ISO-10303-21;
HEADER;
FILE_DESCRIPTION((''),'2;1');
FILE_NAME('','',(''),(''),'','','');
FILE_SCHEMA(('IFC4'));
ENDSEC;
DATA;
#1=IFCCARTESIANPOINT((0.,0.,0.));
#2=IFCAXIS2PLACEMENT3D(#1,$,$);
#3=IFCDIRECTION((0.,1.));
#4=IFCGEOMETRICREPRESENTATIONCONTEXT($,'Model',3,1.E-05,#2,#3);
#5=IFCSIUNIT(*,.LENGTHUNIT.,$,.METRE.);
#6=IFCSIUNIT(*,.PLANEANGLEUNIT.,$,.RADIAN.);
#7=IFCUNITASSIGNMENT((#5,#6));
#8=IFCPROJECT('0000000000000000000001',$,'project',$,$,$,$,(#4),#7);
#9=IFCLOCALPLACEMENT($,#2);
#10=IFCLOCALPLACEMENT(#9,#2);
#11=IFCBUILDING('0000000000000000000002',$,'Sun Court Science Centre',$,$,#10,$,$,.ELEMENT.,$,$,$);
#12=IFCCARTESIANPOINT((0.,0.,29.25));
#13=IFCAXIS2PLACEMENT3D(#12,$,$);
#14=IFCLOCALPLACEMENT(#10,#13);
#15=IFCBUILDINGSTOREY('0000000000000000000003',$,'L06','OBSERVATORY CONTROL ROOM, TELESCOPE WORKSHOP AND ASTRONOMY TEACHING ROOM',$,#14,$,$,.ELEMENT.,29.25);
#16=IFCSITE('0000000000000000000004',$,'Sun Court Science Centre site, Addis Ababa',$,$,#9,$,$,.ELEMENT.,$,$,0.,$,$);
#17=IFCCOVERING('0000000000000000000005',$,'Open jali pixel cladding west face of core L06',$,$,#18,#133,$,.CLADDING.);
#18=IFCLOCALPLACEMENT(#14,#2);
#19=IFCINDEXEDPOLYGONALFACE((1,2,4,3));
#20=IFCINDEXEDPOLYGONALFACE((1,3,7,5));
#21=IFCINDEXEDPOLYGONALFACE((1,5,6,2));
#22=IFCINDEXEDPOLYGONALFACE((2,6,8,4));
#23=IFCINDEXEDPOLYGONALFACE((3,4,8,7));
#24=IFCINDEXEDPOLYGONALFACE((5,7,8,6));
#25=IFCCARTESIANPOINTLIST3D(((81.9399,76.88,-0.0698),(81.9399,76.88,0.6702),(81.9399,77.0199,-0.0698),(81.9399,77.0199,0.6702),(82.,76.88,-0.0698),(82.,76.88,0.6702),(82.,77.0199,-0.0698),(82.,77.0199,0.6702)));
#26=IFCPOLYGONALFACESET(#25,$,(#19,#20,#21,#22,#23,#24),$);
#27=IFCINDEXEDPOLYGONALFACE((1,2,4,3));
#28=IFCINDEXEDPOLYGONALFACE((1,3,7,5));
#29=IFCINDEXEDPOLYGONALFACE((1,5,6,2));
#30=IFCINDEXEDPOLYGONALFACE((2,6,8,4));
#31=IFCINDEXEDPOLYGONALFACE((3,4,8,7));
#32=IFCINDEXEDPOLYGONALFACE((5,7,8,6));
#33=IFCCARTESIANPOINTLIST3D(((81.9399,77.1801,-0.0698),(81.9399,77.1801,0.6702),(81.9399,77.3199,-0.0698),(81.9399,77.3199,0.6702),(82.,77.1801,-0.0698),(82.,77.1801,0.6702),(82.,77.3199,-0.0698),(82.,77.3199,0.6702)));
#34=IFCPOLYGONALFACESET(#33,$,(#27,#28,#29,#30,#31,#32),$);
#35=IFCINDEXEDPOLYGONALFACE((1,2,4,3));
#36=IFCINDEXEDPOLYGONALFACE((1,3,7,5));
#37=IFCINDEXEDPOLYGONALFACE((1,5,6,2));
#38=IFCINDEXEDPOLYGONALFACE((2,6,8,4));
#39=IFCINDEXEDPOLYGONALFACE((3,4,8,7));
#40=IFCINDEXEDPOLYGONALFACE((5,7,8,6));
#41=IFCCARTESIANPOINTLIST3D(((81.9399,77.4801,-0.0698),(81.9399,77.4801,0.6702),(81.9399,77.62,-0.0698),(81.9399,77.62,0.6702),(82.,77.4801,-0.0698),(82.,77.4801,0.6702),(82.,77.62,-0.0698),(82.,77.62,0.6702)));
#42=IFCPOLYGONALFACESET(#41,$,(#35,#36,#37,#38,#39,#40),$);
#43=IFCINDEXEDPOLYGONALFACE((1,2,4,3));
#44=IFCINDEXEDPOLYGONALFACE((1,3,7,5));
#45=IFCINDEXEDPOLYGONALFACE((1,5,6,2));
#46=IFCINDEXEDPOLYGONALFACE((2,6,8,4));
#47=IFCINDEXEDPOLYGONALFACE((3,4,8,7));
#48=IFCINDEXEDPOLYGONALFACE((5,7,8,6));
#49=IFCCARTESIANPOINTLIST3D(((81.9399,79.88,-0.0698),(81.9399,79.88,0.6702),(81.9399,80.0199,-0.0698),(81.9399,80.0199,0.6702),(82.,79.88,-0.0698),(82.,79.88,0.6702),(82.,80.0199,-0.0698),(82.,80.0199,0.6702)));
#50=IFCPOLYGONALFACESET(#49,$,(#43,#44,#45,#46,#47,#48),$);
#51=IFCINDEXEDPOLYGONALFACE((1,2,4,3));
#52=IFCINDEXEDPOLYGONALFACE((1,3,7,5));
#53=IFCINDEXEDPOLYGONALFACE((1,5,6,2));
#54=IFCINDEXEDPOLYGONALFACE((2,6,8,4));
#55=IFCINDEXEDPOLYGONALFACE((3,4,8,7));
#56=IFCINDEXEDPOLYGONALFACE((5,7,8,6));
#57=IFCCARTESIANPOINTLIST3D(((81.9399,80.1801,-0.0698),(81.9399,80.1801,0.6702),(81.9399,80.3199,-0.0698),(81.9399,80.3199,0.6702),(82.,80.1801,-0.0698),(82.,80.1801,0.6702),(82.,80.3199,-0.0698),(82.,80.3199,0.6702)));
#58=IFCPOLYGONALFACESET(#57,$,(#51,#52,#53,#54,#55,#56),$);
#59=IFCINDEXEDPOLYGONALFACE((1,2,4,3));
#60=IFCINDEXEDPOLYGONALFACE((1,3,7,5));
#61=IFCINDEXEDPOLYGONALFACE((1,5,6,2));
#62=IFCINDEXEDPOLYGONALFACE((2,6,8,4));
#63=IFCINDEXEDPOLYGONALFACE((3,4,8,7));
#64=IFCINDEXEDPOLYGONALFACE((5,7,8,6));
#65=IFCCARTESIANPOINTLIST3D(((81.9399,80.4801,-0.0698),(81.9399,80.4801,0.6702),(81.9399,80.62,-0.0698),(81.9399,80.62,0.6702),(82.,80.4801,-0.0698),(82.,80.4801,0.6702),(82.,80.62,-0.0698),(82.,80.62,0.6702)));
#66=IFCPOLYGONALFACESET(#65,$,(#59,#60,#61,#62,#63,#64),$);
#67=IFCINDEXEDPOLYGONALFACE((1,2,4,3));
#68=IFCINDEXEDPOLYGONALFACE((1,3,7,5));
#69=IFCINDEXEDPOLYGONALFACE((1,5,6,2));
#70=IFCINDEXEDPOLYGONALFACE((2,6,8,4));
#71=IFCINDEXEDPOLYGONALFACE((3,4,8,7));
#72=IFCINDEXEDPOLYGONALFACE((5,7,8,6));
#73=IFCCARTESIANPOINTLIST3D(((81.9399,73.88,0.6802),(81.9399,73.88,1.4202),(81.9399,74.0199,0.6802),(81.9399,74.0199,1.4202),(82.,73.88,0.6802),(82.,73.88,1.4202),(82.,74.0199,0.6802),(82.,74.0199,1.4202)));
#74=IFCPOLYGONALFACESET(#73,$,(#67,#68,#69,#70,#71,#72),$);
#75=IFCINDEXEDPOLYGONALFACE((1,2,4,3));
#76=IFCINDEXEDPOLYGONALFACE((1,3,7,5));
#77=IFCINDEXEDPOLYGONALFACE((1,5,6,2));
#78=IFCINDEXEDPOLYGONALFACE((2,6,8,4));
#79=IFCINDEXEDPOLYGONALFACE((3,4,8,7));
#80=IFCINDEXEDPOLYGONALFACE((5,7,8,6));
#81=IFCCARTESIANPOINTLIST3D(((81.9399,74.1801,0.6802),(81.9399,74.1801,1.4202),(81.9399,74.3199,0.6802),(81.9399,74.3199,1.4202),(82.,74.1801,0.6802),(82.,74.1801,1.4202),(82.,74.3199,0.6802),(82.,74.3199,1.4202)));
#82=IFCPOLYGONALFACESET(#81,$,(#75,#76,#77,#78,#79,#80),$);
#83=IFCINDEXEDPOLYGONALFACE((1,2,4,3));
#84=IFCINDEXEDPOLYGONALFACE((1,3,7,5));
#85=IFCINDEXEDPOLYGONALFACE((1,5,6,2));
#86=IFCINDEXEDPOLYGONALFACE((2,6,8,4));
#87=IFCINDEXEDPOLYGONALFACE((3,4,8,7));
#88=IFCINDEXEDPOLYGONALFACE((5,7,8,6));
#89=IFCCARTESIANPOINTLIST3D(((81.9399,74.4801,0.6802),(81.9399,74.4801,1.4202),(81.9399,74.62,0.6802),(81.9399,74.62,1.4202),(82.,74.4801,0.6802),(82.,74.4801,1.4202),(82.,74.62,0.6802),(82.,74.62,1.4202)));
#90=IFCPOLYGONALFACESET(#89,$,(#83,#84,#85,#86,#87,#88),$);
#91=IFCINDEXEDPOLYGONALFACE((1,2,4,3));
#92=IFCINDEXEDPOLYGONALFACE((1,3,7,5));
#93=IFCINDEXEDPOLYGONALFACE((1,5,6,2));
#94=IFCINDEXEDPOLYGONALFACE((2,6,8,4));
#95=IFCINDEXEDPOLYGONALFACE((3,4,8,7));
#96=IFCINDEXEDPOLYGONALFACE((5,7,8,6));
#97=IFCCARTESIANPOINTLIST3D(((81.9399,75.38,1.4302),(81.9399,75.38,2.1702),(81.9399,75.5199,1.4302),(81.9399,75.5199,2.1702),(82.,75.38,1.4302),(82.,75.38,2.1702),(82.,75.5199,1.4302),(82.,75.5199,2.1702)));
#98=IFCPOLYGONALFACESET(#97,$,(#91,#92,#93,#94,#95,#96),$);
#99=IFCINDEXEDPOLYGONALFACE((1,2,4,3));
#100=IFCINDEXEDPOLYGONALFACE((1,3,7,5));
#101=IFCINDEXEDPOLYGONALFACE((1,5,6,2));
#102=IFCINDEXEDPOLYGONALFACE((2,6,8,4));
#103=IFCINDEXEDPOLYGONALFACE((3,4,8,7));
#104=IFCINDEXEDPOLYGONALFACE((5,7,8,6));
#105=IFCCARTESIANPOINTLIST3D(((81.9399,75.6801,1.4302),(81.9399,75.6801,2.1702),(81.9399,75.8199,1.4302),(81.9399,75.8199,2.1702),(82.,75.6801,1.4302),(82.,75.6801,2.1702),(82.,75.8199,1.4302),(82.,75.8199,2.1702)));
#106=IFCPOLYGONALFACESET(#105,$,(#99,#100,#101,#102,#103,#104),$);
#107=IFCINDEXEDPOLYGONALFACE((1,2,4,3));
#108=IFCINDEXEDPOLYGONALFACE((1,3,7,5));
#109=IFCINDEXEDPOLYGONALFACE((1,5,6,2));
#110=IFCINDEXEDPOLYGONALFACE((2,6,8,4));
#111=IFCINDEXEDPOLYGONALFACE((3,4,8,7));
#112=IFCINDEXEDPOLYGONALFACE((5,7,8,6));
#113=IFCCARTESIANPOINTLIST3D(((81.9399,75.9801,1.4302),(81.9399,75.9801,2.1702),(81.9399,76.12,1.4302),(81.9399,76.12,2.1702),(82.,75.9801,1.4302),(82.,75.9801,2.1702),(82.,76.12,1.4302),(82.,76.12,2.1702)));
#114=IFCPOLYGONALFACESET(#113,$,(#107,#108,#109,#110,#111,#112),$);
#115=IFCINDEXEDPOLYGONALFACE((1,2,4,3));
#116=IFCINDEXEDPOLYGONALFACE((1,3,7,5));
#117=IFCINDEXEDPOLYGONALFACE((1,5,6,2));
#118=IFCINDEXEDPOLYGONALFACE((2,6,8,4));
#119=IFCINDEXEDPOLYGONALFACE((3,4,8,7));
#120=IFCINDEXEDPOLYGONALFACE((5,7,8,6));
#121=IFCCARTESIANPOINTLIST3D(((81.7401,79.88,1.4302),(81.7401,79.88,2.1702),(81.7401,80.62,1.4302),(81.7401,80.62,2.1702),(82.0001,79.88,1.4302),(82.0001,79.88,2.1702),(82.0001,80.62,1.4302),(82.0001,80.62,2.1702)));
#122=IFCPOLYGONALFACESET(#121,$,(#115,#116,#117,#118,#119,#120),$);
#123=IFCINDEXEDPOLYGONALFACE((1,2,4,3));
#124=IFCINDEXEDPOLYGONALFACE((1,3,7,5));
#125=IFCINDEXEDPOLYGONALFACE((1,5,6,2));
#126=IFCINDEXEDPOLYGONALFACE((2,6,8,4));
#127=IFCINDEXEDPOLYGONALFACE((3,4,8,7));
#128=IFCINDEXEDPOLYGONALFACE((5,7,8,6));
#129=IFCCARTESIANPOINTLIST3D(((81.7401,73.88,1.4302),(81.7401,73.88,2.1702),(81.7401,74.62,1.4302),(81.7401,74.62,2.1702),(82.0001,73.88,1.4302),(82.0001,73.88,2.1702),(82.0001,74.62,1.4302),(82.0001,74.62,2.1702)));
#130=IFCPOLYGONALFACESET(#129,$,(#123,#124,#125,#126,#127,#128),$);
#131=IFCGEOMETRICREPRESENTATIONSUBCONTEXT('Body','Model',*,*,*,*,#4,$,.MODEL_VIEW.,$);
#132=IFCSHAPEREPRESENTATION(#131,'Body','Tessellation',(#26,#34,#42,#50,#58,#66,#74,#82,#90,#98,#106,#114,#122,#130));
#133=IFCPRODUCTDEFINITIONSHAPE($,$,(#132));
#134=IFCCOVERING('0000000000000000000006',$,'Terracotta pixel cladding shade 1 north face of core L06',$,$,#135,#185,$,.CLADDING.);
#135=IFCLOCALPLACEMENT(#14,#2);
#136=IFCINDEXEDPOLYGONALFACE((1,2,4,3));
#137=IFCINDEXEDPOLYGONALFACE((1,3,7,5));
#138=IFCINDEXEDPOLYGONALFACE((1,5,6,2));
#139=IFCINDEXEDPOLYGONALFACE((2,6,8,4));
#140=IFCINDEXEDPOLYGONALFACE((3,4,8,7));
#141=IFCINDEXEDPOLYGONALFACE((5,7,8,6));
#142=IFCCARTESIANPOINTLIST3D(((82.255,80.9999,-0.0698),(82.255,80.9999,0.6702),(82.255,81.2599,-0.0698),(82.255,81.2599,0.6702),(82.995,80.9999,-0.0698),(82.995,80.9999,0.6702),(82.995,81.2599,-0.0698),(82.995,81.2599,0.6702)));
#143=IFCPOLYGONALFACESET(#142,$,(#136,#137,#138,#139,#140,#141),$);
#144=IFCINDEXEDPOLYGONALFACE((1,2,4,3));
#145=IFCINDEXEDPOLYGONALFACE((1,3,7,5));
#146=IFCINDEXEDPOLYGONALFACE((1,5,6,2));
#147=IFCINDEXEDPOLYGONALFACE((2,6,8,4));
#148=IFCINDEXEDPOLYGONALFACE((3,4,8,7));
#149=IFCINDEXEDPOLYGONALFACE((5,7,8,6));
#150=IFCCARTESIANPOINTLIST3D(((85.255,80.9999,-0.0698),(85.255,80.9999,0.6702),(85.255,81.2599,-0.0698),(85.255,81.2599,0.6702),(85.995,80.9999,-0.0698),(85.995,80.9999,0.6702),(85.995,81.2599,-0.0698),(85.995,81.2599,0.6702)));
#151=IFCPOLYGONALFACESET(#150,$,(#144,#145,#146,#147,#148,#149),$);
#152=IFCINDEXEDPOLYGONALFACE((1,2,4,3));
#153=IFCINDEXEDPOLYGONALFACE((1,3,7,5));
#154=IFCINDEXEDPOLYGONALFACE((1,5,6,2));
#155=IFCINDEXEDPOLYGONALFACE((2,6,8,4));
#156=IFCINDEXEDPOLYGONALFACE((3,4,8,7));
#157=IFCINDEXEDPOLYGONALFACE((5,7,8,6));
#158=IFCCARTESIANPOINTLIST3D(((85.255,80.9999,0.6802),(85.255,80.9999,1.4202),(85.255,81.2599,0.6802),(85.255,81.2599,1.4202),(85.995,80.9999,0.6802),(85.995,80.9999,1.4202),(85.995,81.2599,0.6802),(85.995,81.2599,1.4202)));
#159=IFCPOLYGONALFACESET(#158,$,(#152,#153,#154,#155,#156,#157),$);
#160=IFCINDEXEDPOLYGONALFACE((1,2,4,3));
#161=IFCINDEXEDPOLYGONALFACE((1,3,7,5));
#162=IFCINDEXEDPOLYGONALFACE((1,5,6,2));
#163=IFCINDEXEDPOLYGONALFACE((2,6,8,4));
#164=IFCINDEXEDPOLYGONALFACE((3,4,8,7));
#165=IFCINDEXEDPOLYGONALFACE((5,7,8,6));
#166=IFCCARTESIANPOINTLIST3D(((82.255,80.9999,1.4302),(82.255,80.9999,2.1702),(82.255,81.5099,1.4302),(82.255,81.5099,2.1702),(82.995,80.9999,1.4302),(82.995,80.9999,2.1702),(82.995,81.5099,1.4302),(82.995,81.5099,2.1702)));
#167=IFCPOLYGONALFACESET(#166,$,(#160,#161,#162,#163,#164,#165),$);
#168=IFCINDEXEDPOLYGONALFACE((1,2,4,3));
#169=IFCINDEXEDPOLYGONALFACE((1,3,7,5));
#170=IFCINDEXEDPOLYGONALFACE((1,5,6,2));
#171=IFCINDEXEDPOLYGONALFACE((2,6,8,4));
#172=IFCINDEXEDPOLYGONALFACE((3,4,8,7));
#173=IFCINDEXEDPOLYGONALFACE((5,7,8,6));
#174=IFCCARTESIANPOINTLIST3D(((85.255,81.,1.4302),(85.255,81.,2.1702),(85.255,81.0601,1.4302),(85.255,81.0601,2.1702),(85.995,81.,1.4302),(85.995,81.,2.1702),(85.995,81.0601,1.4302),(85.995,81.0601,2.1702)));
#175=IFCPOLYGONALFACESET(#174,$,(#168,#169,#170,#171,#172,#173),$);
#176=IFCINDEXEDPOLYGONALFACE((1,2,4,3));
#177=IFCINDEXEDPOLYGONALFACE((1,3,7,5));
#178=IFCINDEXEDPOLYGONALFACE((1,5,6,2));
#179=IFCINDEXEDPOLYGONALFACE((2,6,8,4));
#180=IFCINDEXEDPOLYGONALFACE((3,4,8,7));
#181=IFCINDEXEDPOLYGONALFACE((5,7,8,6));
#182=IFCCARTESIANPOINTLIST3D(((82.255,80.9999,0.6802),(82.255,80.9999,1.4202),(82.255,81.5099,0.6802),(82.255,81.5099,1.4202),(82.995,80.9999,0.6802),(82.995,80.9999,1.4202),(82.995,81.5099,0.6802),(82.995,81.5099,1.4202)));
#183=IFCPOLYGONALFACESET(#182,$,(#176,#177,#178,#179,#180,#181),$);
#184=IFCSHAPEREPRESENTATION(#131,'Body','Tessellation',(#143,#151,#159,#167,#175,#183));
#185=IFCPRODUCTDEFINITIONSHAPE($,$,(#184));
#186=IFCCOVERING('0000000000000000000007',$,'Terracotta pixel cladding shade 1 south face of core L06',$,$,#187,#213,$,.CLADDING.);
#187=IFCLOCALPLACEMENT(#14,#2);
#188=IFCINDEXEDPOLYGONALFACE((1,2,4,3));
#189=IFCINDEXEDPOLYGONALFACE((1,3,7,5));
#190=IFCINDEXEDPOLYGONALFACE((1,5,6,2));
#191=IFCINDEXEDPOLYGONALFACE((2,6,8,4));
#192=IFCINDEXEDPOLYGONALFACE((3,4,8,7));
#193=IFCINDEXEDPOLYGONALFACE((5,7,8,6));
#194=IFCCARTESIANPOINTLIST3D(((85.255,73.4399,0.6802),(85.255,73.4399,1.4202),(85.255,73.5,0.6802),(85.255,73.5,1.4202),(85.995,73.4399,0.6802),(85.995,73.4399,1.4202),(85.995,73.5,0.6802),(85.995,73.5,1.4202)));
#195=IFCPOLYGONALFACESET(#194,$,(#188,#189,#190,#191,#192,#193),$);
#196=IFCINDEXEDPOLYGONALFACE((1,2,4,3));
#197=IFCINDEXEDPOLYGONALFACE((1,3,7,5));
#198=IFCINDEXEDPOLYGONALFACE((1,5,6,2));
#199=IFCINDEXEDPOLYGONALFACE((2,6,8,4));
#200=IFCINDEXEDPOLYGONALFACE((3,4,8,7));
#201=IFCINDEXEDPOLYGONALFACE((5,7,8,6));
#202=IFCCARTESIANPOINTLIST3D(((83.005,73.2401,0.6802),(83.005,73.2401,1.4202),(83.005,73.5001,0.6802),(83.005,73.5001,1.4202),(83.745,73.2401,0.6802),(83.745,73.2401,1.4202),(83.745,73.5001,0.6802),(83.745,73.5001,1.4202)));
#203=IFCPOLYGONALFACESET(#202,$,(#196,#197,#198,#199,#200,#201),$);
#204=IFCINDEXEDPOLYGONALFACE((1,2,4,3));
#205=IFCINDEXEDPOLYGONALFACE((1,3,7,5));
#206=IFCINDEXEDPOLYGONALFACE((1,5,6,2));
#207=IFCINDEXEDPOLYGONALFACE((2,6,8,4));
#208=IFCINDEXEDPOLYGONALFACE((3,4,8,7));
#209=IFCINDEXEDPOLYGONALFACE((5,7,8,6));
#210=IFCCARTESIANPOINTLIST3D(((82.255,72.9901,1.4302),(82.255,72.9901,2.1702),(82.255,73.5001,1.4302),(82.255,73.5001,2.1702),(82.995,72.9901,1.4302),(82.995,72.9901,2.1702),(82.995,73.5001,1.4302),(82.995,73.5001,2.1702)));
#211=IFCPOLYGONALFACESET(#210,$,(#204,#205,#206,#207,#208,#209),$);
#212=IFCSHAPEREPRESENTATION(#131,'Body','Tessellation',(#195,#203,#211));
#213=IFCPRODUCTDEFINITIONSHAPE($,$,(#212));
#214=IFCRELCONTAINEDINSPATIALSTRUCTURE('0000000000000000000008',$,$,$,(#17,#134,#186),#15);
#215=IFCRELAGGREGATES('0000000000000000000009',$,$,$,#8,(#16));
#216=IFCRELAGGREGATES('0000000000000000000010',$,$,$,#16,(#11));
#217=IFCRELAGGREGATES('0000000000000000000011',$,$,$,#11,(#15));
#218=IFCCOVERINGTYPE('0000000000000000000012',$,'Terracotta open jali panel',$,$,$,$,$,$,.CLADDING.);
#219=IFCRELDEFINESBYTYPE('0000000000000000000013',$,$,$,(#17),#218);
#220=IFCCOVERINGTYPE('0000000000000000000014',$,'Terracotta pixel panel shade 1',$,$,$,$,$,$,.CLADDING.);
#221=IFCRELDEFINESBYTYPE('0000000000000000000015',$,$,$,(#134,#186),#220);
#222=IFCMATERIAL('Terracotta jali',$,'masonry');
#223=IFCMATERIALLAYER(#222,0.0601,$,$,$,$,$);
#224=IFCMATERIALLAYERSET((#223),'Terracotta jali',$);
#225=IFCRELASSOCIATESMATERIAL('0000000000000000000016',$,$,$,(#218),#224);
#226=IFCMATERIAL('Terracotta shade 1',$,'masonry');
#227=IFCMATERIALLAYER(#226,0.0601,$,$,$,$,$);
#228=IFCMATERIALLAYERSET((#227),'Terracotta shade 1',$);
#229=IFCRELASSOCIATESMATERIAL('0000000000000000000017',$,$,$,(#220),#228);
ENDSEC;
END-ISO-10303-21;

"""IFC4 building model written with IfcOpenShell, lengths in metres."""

from ifc_helpers import new_model, si_unit, direction, frame, origin, origin_2d, place, context, subcontext, project, spatial, rectangle, extrude, material, layer, layer_set, type_object, element, save


model = new_model("IFC4")

# Units and contexts
model_context = context("Model", 3, precision=1e-05, world=origin(), true_north=direction((0.0, 1.0)))
body_context = subcontext(model_context, "Body", "Model", "MODEL_VIEW")
ifc_project = project(units=[si_unit("LENGTHUNIT", "METRE"), si_unit("PLANEANGLEUNIT", "RADIAN")], contexts=[model_context])

# Site, building, storey
site_placement = place(None, origin())
site = spatial("IfcSite", under=ifc_project, at=site_placement, Name="Sun Court Science Centre site, Addis Ababa", CompositionType="ELEMENT", RefElevation=0.0)
building_placement = place(site_placement, origin())
building = spatial("IfcBuilding", under=site, at=building_placement, Name="Sun Court Science Centre", CompositionType="ELEMENT")
storey_placement = place(building_placement, frame((0.0, 0.0, 29.25)))
storey = spatial("IfcBuildingStorey", under=building, at=storey_placement, Name="L06", Description="OBSERVATORY CONTROL ROOM, TELESCOPE WORKSHOP AND ASTRONOMY TEACHING ROOM", CompositionType="ELEMENT", Elevation=29.25)

# Coverings
ifc_material_1 = material(Name="Terracotta jali", Category="masonry")
ifc_layer_1 = layer(ifc_material_1, 0.0601)
ifc_layer_set_1 = layer_set([ifc_layer_1], Name="Terracotta jali")
covering_type_1 = type_object("IfcCoveringType", Name="Terracotta open jali panel", PredefinedType="CLADDING", material=ifc_layer_set_1)
covering_1_placement = place(storey_placement, frame((0.0, 0.0, -29.25)))
element("IfcCovering", 1, at=covering_1_placement, inside=storey, type_object=covering_type_1, Name="Open jali pixel cladding west face of core L06", PredefinedType="CLADDING", context=body_context, shape_type="SweptSolid", body=[
    extrude(rectangle(XDim=0.1399, YDim=0.0601, at=origin_2d()), frame((81.97, 76.95, 29.1802), z_axis=(0.0, 0.0, 1.0), x_axis=(0.0, 1.0, 0.0)), (0.0, 0.0, 1.0), 0.74),
    extrude(rectangle(XDim=0.1399, YDim=0.0601, at=origin_2d()), frame((81.97, 77.25, 29.1802), z_axis=(0.0, 0.0, 1.0), x_axis=(0.0, 1.0, 0.0)), (0.0, 0.0, 1.0), 0.74),
    extrude(rectangle(XDim=0.1399, YDim=0.0601, at=origin_2d()), frame((81.97, 77.55, 29.1802), z_axis=(0.0, 0.0, 1.0), x_axis=(0.0, 1.0, 0.0)), (0.0, 0.0, 1.0), 0.74),
    extrude(rectangle(XDim=0.1399, YDim=0.0601, at=origin_2d()), frame((81.97, 79.95, 29.1802), z_axis=(0.0, 0.0, 1.0), x_axis=(0.0, 1.0, 0.0)), (0.0, 0.0, 1.0), 0.74),
    extrude(rectangle(XDim=0.1399, YDim=0.0601, at=origin_2d()), frame((81.97, 80.25, 29.1802), z_axis=(0.0, 0.0, 1.0), x_axis=(0.0, 1.0, 0.0)), (0.0, 0.0, 1.0), 0.74),
    extrude(rectangle(XDim=0.1399, YDim=0.0601, at=origin_2d()), frame((81.97, 80.55, 29.1802), z_axis=(0.0, 0.0, 1.0), x_axis=(0.0, 1.0, 0.0)), (0.0, 0.0, 1.0), 0.74),
    extrude(rectangle(XDim=0.1399, YDim=0.0601, at=origin_2d()), frame((81.97, 73.95, 29.9302), z_axis=(0.0, 0.0, 1.0), x_axis=(0.0, 1.0, 0.0)), (0.0, 0.0, 1.0), 0.74),
    extrude(rectangle(XDim=0.1399, YDim=0.0601, at=origin_2d()), frame((81.97, 74.25, 29.9302), z_axis=(0.0, 0.0, 1.0), x_axis=(0.0, 1.0, 0.0)), (0.0, 0.0, 1.0), 0.74),
    extrude(rectangle(XDim=0.1399, YDim=0.0601, at=origin_2d()), frame((81.97, 74.55, 29.9302), z_axis=(0.0, 0.0, 1.0), x_axis=(0.0, 1.0, 0.0)), (0.0, 0.0, 1.0), 0.74),
    extrude(rectangle(XDim=0.1399, YDim=0.0601, at=origin_2d()), frame((81.97, 75.45, 30.6802), z_axis=(0.0, 0.0, 1.0), x_axis=(0.0, 1.0, 0.0)), (0.0, 0.0, 1.0), 0.74),
    extrude(rectangle(XDim=0.1399, YDim=0.0601, at=origin_2d()), frame((81.97, 75.75, 30.6802), z_axis=(0.0, 0.0, 1.0), x_axis=(0.0, 1.0, 0.0)), (0.0, 0.0, 1.0), 0.74),
    extrude(rectangle(XDim=0.1399, YDim=0.0601, at=origin_2d()), frame((81.97, 76.05, 30.6802), z_axis=(0.0, 0.0, 1.0), x_axis=(0.0, 1.0, 0.0)), (0.0, 0.0, 1.0), 0.74),
    extrude(rectangle(XDim=0.74, YDim=0.26, at=origin_2d()), frame((81.8701, 80.25, 30.6802), z_axis=(0.0, 0.0, 1.0), x_axis=(0.0, 1.0, 0.0)), (0.0, 0.0, 1.0), 0.74),
    extrude(rectangle(XDim=0.74, YDim=0.26, at=origin_2d()), frame((81.8701, 74.25, 30.6802), z_axis=(0.0, 0.0, 1.0), x_axis=(0.0, 1.0, 0.0)), (0.0, 0.0, 1.0), 0.74),
])
ifc_material_2 = material(Name="Terracotta shade 1", Category="masonry")
ifc_layer_2 = layer(ifc_material_2, 0.0601)
ifc_layer_set_2 = layer_set([ifc_layer_2], Name="Terracotta shade 1")
covering_type_2 = type_object("IfcCoveringType", Name="Terracotta pixel panel shade 1", PredefinedType="CLADDING", material=ifc_layer_set_2)
covering_2_placement = place(storey_placement, frame((0.0, 0.0, -29.25)))
element("IfcCovering", 2, at=covering_2_placement, inside=storey, type_object=covering_type_2, Name="Terracotta pixel cladding shade 1 north face of core L06", PredefinedType="CLADDING", context=body_context, shape_type="SweptSolid", body=[
    extrude(rectangle(XDim=0.74, YDim=0.26, at=origin_2d()), frame((82.625, 81.1299, 29.1802), z_axis=(0.0, 0.0, 1.0), x_axis=(1.0, 0.0, 0.0)), (0.0, 0.0, 1.0), 0.74),
    extrude(rectangle(XDim=0.74, YDim=0.26, at=origin_2d()), frame((85.625, 81.1299, 29.1802), z_axis=(0.0, 0.0, 1.0), x_axis=(1.0, 0.0, 0.0)), (0.0, 0.0, 1.0), 0.74),
    extrude(rectangle(XDim=0.74, YDim=0.26, at=origin_2d()), frame((85.625, 81.1299, 29.9302), z_axis=(0.0, 0.0, 1.0), x_axis=(1.0, 0.0, 0.0)), (0.0, 0.0, 1.0), 0.74),
    extrude(rectangle(XDim=0.74, YDim=0.51, at=origin_2d()), frame((82.625, 81.2549, 30.6802), z_axis=(0.0, 0.0, 1.0), x_axis=(1.0, 0.0, 0.0)), (0.0, 0.0, 1.0), 0.74),
    extrude(rectangle(XDim=0.74, YDim=0.0601, at=origin_2d()), frame((85.625, 81.03, 30.6802), z_axis=(0.0, 0.0, 1.0), x_axis=(1.0, 0.0, 0.0)), (0.0, 0.0, 1.0), 0.74),
    extrude(rectangle(XDim=0.74, YDim=0.51, at=origin_2d()), frame((82.625, 81.2549, 29.9302), z_axis=(0.0, 0.0, 1.0), x_axis=(1.0, 0.0, 0.0)), (0.0, 0.0, 1.0), 0.74),
])
covering_3_placement = place(storey_placement, frame((0.0, 0.0, -29.25)))
element("IfcCovering", 3, at=covering_3_placement, inside=storey, type_object=covering_type_2, Name="Terracotta pixel cladding shade 1 south face of core L06", PredefinedType="CLADDING", context=body_context, shape_type="SweptSolid", body=[
    extrude(rectangle(XDim=0.74, YDim=0.0601, at=origin_2d()), frame((85.625, 73.47, 29.9302), z_axis=(0.0, 0.0, 1.0), x_axis=(-1.0, 0.0, 0.0)), (0.0, 0.0, 1.0), 0.74),
    extrude(rectangle(XDim=0.74, YDim=0.26, at=origin_2d()), frame((83.375, 73.3701, 29.9302), z_axis=(0.0, 0.0, 1.0), x_axis=(-1.0, 0.0, 0.0)), (0.0, 0.0, 1.0), 0.74),
    extrude(rectangle(XDim=0.74, YDim=0.51, at=origin_2d()), frame((82.625, 73.2451, 30.6802), z_axis=(0.0, 0.0, 1.0), x_axis=(-1.0, 0.0, 0.0)), (0.0, 0.0, 1.0), 0.74),
])

save(model, "model.ifc")
